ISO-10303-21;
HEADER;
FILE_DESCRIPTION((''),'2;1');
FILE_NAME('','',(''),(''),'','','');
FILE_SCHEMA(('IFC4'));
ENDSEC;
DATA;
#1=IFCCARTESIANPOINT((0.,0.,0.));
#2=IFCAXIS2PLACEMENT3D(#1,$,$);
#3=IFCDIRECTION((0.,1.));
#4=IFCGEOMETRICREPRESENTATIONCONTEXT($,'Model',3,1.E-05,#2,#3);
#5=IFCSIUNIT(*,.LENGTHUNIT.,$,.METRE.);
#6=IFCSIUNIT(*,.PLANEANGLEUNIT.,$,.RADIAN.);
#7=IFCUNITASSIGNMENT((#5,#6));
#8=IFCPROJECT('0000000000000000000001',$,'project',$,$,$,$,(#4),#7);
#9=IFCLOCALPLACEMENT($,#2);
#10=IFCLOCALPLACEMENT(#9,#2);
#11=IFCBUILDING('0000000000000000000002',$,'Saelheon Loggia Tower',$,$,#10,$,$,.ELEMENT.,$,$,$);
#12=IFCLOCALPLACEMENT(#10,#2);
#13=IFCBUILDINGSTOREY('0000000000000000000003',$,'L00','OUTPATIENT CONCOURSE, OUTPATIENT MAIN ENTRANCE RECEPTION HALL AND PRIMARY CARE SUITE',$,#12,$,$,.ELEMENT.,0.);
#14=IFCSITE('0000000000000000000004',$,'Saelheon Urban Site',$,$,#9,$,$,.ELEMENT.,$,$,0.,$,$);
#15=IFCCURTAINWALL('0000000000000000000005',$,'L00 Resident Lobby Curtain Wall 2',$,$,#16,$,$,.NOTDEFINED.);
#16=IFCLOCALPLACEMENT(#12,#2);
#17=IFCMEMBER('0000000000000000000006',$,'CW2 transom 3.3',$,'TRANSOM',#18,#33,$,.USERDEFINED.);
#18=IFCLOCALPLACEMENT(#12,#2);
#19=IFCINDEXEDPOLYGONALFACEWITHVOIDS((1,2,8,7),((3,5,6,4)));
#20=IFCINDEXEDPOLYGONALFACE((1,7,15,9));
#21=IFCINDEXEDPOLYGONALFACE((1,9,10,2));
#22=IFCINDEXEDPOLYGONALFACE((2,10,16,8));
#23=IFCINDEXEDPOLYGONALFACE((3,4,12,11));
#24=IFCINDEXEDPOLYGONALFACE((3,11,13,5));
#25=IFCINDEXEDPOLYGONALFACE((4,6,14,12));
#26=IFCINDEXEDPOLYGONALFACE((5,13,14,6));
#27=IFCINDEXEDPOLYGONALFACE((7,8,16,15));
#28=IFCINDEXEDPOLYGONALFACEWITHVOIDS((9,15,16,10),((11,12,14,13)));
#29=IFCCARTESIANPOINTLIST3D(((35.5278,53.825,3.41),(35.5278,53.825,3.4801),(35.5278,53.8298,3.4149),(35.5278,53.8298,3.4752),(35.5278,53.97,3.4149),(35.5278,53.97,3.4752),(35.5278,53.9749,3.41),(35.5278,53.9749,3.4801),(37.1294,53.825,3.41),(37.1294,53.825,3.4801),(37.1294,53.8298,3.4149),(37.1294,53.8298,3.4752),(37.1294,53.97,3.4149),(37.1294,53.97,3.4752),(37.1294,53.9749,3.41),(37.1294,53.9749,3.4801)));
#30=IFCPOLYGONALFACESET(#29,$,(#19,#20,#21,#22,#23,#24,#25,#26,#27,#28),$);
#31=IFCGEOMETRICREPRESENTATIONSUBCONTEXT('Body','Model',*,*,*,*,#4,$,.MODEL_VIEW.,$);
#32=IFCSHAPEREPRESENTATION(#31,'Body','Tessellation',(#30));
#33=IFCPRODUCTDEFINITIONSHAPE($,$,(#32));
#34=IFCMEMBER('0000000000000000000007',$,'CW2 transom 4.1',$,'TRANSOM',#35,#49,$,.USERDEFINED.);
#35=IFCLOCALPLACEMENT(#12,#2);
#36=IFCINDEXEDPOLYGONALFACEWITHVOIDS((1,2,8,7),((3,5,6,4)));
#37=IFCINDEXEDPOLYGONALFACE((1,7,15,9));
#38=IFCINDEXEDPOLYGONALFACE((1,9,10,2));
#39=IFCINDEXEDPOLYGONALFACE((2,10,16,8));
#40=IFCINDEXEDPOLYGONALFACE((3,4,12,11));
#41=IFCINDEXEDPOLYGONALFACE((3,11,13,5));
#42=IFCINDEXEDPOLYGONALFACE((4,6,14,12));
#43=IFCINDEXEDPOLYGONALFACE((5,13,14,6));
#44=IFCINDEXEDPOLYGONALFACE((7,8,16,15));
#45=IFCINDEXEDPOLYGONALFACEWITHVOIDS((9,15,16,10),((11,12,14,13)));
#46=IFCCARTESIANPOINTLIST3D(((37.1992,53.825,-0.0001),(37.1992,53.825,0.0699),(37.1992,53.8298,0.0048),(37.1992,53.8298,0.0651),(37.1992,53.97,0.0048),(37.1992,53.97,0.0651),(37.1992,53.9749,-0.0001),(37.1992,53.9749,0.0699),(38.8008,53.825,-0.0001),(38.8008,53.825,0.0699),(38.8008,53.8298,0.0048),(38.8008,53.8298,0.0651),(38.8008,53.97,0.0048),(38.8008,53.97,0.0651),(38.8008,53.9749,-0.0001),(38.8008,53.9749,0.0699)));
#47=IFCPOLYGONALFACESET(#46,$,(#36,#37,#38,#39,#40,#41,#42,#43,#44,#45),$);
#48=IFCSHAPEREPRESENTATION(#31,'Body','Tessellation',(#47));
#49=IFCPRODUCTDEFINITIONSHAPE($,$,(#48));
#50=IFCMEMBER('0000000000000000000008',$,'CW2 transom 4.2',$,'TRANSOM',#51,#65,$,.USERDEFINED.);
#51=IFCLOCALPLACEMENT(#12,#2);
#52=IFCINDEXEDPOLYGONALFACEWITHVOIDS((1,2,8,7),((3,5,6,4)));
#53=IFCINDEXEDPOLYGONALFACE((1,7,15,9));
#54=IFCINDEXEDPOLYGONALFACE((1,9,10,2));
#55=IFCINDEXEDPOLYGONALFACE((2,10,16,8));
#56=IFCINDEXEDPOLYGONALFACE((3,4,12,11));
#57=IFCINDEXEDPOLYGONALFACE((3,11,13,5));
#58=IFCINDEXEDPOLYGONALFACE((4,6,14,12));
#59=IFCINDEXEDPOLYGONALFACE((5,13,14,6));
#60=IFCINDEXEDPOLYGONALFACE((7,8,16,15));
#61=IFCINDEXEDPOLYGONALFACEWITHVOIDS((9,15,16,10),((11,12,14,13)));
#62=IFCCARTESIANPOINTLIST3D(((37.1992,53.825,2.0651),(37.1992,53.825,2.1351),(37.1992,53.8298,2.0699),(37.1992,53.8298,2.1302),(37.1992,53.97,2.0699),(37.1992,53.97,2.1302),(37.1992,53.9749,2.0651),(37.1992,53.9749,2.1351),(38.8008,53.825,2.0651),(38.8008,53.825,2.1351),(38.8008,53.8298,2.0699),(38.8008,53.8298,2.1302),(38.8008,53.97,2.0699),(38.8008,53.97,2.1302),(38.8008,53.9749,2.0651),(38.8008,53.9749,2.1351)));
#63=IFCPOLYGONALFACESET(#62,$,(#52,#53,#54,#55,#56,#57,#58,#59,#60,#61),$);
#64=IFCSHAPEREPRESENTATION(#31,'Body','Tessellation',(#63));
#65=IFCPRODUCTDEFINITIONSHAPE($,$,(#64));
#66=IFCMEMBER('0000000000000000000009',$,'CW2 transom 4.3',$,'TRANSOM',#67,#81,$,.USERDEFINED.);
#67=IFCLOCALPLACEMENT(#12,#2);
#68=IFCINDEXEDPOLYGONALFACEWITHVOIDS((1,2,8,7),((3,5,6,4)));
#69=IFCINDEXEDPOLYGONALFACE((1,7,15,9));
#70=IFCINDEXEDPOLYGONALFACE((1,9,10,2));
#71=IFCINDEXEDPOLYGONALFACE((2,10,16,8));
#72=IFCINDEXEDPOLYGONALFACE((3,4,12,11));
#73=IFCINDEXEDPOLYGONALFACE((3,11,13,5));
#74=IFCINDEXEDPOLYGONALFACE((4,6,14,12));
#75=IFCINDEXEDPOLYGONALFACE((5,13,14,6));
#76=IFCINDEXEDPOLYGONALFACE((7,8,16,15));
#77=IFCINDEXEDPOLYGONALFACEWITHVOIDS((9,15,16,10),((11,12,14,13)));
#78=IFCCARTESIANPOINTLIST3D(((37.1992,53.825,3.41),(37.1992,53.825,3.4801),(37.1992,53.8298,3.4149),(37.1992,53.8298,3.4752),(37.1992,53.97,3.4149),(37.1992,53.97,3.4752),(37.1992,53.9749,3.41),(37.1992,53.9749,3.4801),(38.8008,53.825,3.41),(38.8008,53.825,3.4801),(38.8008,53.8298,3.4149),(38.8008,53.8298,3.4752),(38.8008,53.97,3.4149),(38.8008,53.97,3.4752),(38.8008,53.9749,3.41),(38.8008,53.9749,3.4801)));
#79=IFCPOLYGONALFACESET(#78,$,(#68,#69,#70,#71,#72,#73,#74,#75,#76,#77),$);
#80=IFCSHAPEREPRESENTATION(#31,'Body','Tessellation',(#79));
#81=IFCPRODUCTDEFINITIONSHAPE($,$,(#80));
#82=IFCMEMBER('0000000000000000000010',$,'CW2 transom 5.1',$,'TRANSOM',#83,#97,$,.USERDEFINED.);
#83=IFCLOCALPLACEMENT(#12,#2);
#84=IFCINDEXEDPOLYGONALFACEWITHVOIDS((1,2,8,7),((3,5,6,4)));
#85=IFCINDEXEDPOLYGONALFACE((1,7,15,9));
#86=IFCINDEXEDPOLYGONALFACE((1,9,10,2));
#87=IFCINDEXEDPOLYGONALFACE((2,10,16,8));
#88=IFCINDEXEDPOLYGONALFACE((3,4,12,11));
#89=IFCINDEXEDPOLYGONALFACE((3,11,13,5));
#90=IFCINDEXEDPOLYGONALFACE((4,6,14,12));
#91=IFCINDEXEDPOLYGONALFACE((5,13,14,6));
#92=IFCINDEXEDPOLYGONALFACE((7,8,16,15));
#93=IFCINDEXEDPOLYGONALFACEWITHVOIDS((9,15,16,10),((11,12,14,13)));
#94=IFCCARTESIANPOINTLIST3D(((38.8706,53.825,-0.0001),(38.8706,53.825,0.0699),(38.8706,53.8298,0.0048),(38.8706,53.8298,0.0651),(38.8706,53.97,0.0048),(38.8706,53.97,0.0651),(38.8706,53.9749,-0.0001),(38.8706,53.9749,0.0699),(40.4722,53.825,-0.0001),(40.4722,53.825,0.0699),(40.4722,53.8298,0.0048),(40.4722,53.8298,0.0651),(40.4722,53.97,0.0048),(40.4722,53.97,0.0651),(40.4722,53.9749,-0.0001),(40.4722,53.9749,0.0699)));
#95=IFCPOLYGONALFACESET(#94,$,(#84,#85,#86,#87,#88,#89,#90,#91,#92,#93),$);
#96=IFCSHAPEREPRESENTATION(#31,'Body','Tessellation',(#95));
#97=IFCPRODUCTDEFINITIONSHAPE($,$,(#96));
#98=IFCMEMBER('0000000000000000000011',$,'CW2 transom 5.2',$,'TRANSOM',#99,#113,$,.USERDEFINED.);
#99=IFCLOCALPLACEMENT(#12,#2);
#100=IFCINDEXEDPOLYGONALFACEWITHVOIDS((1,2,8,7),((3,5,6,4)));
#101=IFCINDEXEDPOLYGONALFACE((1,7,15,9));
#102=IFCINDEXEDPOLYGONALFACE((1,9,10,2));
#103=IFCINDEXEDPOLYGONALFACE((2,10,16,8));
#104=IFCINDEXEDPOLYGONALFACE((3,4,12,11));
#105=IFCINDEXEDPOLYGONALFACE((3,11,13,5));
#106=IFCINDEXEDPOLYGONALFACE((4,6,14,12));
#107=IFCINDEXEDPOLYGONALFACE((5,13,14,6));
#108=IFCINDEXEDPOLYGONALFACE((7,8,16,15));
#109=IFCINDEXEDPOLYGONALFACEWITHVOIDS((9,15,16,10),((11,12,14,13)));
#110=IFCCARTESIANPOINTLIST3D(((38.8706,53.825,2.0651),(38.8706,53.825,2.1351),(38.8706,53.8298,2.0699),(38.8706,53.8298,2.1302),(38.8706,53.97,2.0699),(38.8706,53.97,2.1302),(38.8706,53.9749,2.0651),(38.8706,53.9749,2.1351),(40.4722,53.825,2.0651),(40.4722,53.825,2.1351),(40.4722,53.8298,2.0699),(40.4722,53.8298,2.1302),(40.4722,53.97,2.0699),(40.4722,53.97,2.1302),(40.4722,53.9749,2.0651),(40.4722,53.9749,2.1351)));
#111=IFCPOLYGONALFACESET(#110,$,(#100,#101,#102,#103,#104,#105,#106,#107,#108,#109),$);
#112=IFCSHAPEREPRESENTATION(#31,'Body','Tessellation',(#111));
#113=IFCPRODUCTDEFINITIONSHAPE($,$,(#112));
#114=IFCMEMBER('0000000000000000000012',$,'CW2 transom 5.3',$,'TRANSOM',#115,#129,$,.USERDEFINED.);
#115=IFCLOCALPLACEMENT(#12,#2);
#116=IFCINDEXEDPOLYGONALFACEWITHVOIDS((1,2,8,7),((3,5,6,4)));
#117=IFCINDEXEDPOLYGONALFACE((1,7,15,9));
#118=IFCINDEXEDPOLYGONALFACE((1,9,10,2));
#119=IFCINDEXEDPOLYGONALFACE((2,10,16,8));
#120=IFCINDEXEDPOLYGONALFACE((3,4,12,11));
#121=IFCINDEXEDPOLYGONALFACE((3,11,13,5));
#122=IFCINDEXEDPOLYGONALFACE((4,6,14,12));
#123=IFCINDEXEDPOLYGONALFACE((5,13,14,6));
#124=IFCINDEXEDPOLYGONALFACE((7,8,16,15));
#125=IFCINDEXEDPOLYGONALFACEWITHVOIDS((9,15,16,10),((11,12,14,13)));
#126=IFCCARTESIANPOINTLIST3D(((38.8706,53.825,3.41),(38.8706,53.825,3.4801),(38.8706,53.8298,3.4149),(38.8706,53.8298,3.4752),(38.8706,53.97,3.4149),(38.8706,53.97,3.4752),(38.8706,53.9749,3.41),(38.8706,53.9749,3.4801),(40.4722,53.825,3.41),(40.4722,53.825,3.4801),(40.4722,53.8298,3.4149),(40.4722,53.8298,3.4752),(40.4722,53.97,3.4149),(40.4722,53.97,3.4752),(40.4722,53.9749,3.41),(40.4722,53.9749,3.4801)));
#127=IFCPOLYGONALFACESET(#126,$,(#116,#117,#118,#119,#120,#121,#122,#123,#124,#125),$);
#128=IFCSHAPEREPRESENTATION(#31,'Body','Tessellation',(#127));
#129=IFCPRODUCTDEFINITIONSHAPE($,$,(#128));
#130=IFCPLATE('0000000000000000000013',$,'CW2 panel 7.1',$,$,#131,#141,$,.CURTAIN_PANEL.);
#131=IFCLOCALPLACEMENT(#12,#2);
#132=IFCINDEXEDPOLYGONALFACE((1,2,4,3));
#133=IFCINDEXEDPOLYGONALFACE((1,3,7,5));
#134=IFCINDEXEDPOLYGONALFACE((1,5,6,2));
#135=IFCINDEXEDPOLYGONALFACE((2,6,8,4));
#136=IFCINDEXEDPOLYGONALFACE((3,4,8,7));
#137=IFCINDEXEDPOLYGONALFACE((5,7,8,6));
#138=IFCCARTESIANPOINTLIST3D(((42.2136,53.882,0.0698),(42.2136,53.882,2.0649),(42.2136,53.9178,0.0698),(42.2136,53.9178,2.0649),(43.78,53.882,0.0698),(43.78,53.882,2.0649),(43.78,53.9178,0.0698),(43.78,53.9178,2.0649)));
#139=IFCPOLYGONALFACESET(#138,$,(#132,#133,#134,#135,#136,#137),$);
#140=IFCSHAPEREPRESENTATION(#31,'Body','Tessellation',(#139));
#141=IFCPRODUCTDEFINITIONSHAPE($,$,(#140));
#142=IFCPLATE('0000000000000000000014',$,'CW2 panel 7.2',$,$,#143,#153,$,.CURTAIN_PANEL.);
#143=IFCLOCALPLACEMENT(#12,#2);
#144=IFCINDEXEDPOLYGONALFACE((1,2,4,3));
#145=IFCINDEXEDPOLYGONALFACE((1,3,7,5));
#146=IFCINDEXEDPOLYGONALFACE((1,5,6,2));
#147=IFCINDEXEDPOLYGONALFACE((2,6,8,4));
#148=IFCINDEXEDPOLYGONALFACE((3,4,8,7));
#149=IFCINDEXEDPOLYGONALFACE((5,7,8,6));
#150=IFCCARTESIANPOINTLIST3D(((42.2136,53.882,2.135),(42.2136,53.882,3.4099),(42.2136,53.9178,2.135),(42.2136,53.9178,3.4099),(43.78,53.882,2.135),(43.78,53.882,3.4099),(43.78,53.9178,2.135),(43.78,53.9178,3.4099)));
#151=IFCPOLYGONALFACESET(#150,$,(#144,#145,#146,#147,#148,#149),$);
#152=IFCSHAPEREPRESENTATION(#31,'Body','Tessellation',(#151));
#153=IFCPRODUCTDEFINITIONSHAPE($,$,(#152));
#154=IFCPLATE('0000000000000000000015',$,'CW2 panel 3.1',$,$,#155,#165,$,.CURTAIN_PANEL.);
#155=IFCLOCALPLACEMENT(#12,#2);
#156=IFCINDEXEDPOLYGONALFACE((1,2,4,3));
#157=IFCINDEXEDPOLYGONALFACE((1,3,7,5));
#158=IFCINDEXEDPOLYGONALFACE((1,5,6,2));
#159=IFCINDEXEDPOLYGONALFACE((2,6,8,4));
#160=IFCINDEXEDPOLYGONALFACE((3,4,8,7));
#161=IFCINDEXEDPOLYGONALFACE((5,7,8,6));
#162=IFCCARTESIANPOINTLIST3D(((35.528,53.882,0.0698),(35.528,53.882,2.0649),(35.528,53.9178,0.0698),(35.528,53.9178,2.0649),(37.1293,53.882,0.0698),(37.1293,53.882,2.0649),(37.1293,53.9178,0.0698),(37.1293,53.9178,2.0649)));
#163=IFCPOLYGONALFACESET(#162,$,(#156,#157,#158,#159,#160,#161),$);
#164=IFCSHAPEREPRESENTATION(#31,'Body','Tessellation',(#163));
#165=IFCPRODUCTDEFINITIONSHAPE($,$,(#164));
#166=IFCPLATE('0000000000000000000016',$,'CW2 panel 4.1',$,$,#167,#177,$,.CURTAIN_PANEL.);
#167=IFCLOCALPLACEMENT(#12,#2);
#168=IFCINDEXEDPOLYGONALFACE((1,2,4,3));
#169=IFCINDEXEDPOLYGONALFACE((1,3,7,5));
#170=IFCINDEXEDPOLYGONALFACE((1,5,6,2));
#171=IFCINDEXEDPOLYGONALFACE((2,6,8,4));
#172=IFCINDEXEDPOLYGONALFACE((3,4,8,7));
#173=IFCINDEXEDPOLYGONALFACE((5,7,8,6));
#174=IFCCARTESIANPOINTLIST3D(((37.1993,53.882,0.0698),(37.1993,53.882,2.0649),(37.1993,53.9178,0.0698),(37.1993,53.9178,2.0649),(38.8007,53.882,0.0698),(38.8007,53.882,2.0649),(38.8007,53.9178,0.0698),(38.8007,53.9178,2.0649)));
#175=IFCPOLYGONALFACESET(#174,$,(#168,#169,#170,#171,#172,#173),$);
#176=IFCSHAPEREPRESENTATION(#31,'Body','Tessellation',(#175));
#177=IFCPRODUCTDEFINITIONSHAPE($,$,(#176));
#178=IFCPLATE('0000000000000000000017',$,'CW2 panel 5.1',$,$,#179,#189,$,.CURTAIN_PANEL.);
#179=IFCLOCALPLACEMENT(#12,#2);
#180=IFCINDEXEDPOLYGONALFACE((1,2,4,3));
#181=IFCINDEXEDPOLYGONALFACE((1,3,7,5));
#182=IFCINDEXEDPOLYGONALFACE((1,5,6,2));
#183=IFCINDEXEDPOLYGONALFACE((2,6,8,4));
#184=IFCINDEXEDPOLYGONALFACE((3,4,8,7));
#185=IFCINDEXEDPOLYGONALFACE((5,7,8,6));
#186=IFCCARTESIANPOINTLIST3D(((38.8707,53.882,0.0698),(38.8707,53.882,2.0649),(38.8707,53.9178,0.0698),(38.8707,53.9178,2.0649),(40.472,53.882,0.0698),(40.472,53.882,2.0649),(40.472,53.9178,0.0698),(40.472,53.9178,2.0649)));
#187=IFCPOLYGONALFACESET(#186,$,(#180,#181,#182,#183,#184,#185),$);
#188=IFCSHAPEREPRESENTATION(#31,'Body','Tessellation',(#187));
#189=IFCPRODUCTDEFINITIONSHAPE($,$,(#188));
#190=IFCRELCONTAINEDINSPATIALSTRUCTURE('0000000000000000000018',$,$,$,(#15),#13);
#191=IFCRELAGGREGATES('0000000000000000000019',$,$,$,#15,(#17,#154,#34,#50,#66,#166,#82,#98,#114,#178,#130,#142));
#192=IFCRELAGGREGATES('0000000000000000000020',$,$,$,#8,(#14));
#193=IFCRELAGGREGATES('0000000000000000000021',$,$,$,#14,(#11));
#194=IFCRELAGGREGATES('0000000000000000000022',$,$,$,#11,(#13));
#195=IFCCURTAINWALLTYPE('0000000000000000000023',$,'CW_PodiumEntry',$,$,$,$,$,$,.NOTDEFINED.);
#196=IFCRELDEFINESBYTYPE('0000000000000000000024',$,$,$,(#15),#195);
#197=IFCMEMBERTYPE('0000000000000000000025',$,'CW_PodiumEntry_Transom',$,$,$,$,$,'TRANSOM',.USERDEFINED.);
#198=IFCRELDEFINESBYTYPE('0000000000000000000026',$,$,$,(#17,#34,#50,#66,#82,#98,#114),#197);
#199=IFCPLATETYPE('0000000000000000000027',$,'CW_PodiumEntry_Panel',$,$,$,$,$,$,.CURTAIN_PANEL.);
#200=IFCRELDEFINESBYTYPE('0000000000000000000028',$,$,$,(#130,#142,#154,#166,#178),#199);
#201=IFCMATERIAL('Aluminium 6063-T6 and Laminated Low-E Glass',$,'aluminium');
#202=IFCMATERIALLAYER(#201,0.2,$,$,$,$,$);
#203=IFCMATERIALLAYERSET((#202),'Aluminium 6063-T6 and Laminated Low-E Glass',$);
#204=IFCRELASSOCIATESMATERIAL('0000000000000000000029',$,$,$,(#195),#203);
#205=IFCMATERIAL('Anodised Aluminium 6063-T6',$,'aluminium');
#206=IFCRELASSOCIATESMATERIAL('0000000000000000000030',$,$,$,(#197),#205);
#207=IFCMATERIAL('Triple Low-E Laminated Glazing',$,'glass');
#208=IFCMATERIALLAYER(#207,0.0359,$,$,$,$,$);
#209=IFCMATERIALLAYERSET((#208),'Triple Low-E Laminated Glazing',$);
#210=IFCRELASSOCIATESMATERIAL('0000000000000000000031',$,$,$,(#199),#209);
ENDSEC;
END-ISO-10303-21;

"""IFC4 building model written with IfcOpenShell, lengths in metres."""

from ifc_helpers import new_model, si_unit, direction, frame, origin, origin_2d, place, context, subcontext, project, spatial, rectangle, hollow_rectangle, extrude, source, transform, mapped, material, layer, layer_set, material_profile, profile_set, type_object, element, aggregate, save


model = new_model("IFC4")

# Units and contexts
model_context = context("Model", 3, precision=1e-05, world=origin(), true_north=direction((0.0, 1.0)))
body_context = subcontext(model_context, "Body", "Model", "MODEL_VIEW")
ifc_project = project(units=[si_unit("LENGTHUNIT", "METRE"), si_unit("PLANEANGLEUNIT", "RADIAN")], contexts=[model_context])

# Site, building, storey
site_placement = place(None, origin())
site = spatial("IfcSite", under=ifc_project, at=site_placement, Name="Saelheon Urban Site", CompositionType="ELEMENT", RefElevation=0.0)
building_placement = place(site_placement, origin())
building = spatial("IfcBuilding", under=site, at=building_placement, Name="Saelheon Loggia Tower", CompositionType="ELEMENT")
storey_placement = place(building_placement, origin())
storey = spatial("IfcBuildingStorey", under=building, at=storey_placement, Name="L00", Description="OUTPATIENT CONCOURSE, OUTPATIENT MAIN ENTRANCE RECEPTION HALL AND PRIMARY CARE SUITE", CompositionType="ELEMENT", Elevation=0.0)

# Curtain wall, members, plates
ifc_material_1 = material(Name="Aluminium 6063-T6 and Laminated Low-E Glass", Category="aluminium")
ifc_layer_1 = layer(ifc_material_1, 0.2)
ifc_layer_set_1 = layer_set([ifc_layer_1], Name="Aluminium 6063-T6 and Laminated Low-E Glass")
curtain_wall_type = type_object("IfcCurtainWallType", Name="CW_PodiumEntry", PredefinedType="NOTDEFINED", material=ifc_layer_set_1)
curtain_wall_placement = place(storey_placement, origin())
curtain_wall = element("IfcCurtainWall", 1, at=curtain_wall_placement, inside=storey, type_object=curtain_wall_type, Name="L00 Resident Lobby Curtain Wall 2", PredefinedType="NOTDEFINED")
ifc_material_2 = material(Name="Anodised Aluminium 6063-T6", Category="aluminium")
ifc_material_profile_1 = material_profile(ifc_material_2, hollow_rectangle(XDim=0.0701, YDim=0.1499, WallThickness=0.0049, at=origin_2d()), Name="RHS-150x70x5")
ifc_profile_set_1 = profile_set([ifc_material_profile_1], Name="Anodised Aluminium 6063-T6")
member_type_1 = type_object("IfcMemberType", Name="CW_PodiumEntry_Transom", ElementType="TRANSOM", PredefinedType="USERDEFINED", material=ifc_profile_set_1)
shared_shape_1 = source(origin(), body_context, "Body", "SweptSolid", [
    extrude(hollow_rectangle(XDim=0.0701, YDim=0.1499, WallThickness=0.0049, at=origin_2d()), origin(), (0.0, 0.0, 1.0), 1.6016),
])
member_1_placement = place(storey_placement, frame((35.5278, 53.8999, 3.4451), z_axis=(1.0, 0.0, 0.0), x_axis=(0.0, 0.0, 1.0)))
member_1 = element("IfcMember", 2, at=member_1_placement, type_object=member_type_1, Name="CW2 transom 3.3", ObjectType="TRANSOM", PredefinedType="USERDEFINED", context=body_context, shape_type="MappedRepresentation", body=[
    mapped(shared_shape_1, transform((0.0, 0.0, 0.0), scale=1.0)),
])
member_2_placement = place(storey_placement, frame((37.1992, 53.8999, 0.0349), z_axis=(1.0, 0.0, 0.0), x_axis=(0.0, 0.0, 1.0)))
member_2 = element("IfcMember", 3, at=member_2_placement, type_object=member_type_1, Name="CW2 transom 4.1", ObjectType="TRANSOM", PredefinedType="USERDEFINED", context=body_context, shape_type="MappedRepresentation", body=[
    mapped(shared_shape_1, transform((0.0, 0.0, 0.0), scale=1.0)),
])
member_3_placement = place(storey_placement, frame((37.1992, 53.8999, 2.1001), z_axis=(1.0, 0.0, 0.0), x_axis=(0.0, 0.0, 1.0)))
member_3 = element("IfcMember", 4, at=member_3_placement, type_object=member_type_1, Name="CW2 transom 4.2", ObjectType="TRANSOM", PredefinedType="USERDEFINED", context=body_context, shape_type="MappedRepresentation", body=[
    mapped(shared_shape_1, transform((0.0, 0.0, 0.0), scale=1.0)),
])
member_4_placement = place(storey_placement, frame((37.1992, 53.8999, 3.4451), z_axis=(1.0, 0.0, 0.0), x_axis=(0.0, 0.0, 1.0)))
member_4 = element("IfcMember", 5, at=member_4_placement, type_object=member_type_1, Name="CW2 transom 4.3", ObjectType="TRANSOM", PredefinedType="USERDEFINED", context=body_context, shape_type="MappedRepresentation", body=[
    mapped(shared_shape_1, transform((0.0, 0.0, 0.0), scale=1.0)),
])
member_5_placement = place(storey_placement, frame((38.8706, 53.8999, 0.0349), z_axis=(1.0, 0.0, 0.0), x_axis=(0.0, 0.0, 1.0)))
member_5 = element("IfcMember", 6, at=member_5_placement, type_object=member_type_1, Name="CW2 transom 5.1", ObjectType="TRANSOM", PredefinedType="USERDEFINED", context=body_context, shape_type="MappedRepresentation", body=[
    mapped(shared_shape_1, transform((0.0, 0.0, 0.0), scale=1.0)),
])
member_6_placement = place(storey_placement, frame((38.8706, 53.8999, 2.1001), z_axis=(1.0, 0.0, 0.0), x_axis=(0.0, 0.0, 1.0)))
member_6 = element("IfcMember", 7, at=member_6_placement, type_object=member_type_1, Name="CW2 transom 5.2", ObjectType="TRANSOM", PredefinedType="USERDEFINED", context=body_context, shape_type="MappedRepresentation", body=[
    mapped(shared_shape_1, transform((0.0, 0.0, 0.0), scale=1.0)),
])
member_7_placement = place(storey_placement, frame((38.8706, 53.8999, 3.4451), z_axis=(1.0, 0.0, 0.0), x_axis=(0.0, 0.0, 1.0)))
member_7 = element("IfcMember", 8, at=member_7_placement, type_object=member_type_1, Name="CW2 transom 5.3", ObjectType="TRANSOM", PredefinedType="USERDEFINED", context=body_context, shape_type="MappedRepresentation", body=[
    mapped(shared_shape_1, transform((0.0, 0.0, 0.0), scale=1.0)),
])
ifc_material_3 = material(Name="Triple Low-E Laminated Glazing", Category="glass")
ifc_layer_2 = layer(ifc_material_3, 0.0359)
ifc_layer_set_2 = layer_set([ifc_layer_2], Name="Triple Low-E Laminated Glazing")
plate_type = type_object("IfcPlateType", Name="CW_PodiumEntry_Panel", PredefinedType="CURTAIN_PANEL", material=ifc_layer_set_2)
shared_shape_2 = source(origin(), body_context, "Body", "SweptSolid", [
    extrude(rectangle(XDim=1.5664, YDim=0.0359, at=origin_2d()), origin(), (0.0, 0.0, 1.0), 1.9951),
])
plate_1_placement = place(storey_placement, frame((42.9968, 53.8999, 0.0698), z_axis=(0.0, 0.0, 1.0), x_axis=(1.0, 0.0, 0.0)))
plate_1 = element("IfcPlate", 9, at=plate_1_placement, type_object=plate_type, Name="CW2 panel 7.1", PredefinedType="CURTAIN_PANEL", context=body_context, shape_type="MappedRepresentation", body=[
    mapped(shared_shape_2, transform((0.0, 0.0, 0.0), scale=1.0)),
])
shared_shape_3 = source(origin(), body_context, "Body", "SweptSolid", [
    extrude(rectangle(XDim=1.5664, YDim=0.0359, at=origin_2d()), origin(), (0.0, 0.0, 1.0), 1.2749),
])
plate_2_placement = place(storey_placement, frame((42.9968, 53.8999, 2.135), z_axis=(0.0, 0.0, 1.0), x_axis=(1.0, 0.0, 0.0)))
plate_2 = element("IfcPlate", 10, at=plate_2_placement, type_object=plate_type, Name="CW2 panel 7.2", PredefinedType="CURTAIN_PANEL", context=body_context, shape_type="MappedRepresentation", body=[
    mapped(shared_shape_3, transform((0.0, 0.0, 0.0), scale=1.0)),
])
shared_shape_4 = source(origin(), body_context, "Body", "SweptSolid", [
    extrude(rectangle(XDim=1.6013, YDim=0.0359, at=origin_2d()), origin(), (0.0, 0.0, 1.0), 1.9951),
])
plate_3_placement = place(storey_placement, frame((36.3286, 53.8999, 0.0698), z_axis=(0.0, 0.0, 1.0), x_axis=(1.0, 0.0, 0.0)))
plate_3 = element("IfcPlate", 11, at=plate_3_placement, type_object=plate_type, Name="CW2 panel 3.1", PredefinedType="CURTAIN_PANEL", context=body_context, shape_type="MappedRepresentation", body=[
    mapped(shared_shape_4, transform((0.0, 0.0, 0.0), scale=1.0)),
])
plate_4_placement = place(storey_placement, frame((38.0, 53.8999, 0.0698), z_axis=(0.0, 0.0, 1.0), x_axis=(1.0, 0.0, 0.0)))
plate_4 = element("IfcPlate", 12, at=plate_4_placement, type_object=plate_type, Name="CW2 panel 4.1", PredefinedType="CURTAIN_PANEL", context=body_context, shape_type="MappedRepresentation", body=[
    mapped(shared_shape_4, transform((0.0, 0.0, 0.0), scale=1.0)),
])
plate_5_placement = place(storey_placement, frame((39.6714, 53.8999, 0.0698), z_axis=(0.0, 0.0, 1.0), x_axis=(1.0, 0.0, 0.0)))
plate_5 = element("IfcPlate", 13, at=plate_5_placement, type_object=plate_type, Name="CW2 panel 5.1", PredefinedType="CURTAIN_PANEL", context=body_context, shape_type="MappedRepresentation", body=[
    mapped(shared_shape_4, transform((0.0, 0.0, 0.0), scale=1.0)),
])
aggregate(curtain_wall, [member_1, plate_3, member_2, member_3, member_4, plate_4, member_5, member_6, member_7, plate_5, plate_1, plate_2])

save(model, "model.ifc")
